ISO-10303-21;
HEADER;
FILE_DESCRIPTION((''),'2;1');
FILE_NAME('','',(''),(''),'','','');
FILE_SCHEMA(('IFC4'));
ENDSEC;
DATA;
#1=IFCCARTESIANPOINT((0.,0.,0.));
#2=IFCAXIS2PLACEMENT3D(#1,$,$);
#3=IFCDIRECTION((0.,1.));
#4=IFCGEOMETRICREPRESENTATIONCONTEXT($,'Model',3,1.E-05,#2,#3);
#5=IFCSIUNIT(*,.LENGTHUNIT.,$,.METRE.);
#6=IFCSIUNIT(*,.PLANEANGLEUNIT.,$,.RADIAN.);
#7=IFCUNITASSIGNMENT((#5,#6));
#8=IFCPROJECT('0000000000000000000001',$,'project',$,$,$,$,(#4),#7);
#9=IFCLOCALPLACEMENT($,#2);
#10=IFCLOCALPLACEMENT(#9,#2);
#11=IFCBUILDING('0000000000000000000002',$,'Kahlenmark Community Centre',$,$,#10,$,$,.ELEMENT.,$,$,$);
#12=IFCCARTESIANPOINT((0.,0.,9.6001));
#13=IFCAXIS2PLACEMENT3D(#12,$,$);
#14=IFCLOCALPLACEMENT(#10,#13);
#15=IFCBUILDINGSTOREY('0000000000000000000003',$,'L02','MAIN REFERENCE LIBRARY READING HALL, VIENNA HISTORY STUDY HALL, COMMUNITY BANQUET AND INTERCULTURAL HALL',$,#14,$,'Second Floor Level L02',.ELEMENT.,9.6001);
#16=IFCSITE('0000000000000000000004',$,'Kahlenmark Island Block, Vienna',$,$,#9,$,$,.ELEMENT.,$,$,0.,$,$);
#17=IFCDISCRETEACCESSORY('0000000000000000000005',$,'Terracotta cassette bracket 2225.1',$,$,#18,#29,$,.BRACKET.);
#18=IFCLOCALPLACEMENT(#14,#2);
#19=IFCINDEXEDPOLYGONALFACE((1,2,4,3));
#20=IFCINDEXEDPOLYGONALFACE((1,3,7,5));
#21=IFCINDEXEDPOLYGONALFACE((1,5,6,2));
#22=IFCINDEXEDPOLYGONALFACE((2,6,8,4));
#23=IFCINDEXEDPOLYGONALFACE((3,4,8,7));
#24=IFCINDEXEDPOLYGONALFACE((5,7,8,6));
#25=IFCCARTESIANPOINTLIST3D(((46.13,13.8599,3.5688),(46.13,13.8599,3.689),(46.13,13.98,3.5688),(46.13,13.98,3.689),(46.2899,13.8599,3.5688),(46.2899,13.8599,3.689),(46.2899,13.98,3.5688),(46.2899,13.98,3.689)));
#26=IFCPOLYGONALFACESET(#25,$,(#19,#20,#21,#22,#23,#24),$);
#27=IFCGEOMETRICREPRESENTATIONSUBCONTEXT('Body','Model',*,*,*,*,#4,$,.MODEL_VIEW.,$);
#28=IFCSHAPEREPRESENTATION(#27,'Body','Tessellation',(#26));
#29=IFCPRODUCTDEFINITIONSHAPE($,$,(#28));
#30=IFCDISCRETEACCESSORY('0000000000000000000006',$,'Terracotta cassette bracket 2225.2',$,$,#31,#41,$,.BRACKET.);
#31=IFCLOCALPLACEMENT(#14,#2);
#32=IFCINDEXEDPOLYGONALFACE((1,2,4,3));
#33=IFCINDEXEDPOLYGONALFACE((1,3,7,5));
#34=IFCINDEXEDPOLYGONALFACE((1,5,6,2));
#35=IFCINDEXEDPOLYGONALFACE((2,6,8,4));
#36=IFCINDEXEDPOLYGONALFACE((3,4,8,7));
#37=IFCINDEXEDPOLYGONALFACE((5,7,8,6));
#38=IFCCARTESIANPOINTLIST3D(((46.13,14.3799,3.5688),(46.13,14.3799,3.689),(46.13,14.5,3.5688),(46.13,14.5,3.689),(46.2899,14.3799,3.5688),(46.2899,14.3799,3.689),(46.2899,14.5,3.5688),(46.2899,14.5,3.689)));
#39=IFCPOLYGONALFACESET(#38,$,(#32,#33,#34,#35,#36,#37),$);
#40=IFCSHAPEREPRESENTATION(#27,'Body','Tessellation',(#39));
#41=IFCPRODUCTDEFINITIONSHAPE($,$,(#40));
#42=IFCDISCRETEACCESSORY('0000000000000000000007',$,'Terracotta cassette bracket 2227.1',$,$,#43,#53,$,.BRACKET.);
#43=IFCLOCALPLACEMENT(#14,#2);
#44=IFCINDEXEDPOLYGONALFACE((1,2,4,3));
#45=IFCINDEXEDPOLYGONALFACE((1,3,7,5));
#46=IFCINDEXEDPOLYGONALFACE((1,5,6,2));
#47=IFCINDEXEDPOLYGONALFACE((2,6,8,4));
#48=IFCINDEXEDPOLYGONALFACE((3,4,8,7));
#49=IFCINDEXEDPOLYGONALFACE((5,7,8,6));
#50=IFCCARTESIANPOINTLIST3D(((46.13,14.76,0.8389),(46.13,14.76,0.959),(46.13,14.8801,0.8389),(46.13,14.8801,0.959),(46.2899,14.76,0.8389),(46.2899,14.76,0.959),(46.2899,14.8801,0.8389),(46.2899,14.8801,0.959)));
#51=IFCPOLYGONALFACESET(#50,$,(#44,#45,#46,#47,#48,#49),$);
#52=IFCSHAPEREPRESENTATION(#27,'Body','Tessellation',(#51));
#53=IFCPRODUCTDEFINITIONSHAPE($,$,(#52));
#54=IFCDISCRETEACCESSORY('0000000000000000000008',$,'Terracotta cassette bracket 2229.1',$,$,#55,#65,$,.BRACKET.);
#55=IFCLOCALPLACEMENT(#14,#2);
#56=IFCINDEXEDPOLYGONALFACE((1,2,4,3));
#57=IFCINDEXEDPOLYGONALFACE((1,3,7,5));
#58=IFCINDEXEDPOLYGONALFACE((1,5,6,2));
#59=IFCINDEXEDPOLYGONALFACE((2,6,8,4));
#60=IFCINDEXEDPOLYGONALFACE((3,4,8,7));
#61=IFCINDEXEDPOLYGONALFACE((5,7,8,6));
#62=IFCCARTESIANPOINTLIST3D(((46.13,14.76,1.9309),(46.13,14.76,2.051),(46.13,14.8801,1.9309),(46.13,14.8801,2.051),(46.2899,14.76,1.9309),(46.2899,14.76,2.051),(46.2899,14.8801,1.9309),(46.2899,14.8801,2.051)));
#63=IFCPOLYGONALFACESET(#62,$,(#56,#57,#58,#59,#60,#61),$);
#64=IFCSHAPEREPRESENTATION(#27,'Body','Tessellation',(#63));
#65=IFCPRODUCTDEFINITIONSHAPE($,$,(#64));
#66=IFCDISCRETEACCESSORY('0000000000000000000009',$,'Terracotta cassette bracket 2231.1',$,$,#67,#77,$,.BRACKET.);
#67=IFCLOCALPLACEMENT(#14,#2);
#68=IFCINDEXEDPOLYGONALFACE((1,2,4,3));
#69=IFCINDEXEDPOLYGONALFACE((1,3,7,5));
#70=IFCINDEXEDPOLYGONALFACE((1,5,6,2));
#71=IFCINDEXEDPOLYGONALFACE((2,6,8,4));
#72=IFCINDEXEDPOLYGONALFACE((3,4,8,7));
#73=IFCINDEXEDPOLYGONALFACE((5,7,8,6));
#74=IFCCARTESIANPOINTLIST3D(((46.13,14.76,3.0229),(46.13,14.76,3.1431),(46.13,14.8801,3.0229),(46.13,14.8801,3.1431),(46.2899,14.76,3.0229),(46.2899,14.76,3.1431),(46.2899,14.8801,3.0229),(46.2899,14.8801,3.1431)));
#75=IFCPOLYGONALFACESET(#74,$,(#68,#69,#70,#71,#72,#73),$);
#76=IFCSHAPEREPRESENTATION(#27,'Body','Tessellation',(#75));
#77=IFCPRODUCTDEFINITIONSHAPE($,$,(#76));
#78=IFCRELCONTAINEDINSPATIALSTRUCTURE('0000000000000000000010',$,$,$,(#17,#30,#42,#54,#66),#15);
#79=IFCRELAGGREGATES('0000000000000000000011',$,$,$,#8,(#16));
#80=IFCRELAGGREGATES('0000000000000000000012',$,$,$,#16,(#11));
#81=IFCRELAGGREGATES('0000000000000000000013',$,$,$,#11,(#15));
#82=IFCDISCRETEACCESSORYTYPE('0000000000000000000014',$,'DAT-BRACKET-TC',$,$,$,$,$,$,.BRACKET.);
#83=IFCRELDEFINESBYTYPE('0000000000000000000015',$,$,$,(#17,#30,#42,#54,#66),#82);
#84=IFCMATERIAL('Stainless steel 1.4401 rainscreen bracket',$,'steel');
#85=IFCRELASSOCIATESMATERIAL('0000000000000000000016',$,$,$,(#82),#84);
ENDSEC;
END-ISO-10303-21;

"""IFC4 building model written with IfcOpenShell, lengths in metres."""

from ifc_helpers import new_model, si_unit, direction, frame, origin, origin_2d, place, context, subcontext, project, spatial, rectangle, extrude, material, type_object, element, save


model = new_model("IFC4")

# Units and contexts
model_context = context("Model", 3, precision=1e-05, world=origin(), true_north=direction((0.0, 1.0)))
body_context = subcontext(model_context, "Body", "Model", "MODEL_VIEW")
ifc_project = project(units=[si_unit("LENGTHUNIT", "METRE"), si_unit("PLANEANGLEUNIT", "RADIAN")], contexts=[model_context])

# Site, building, storey
site_placement = place(None, origin())
site = spatial("IfcSite", under=ifc_project, at=site_placement, Name="Kahlenmark Island Block, Vienna", CompositionType="ELEMENT", RefElevation=0.0)
building_placement = place(site_placement, origin())
building = spatial("IfcBuilding", under=site, at=building_placement, Name="Kahlenmark Community Centre", CompositionType="ELEMENT")
storey_placement = place(building_placement, frame((0.0, 0.0, 9.6001)))
storey = spatial("IfcBuildingStorey", under=building, at=storey_placement, Name="L02", Description="MAIN REFERENCE LIBRARY READING HALL, VIENNA HISTORY STUDY HALL, COMMUNITY BANQUET AND INTERCULTURAL HALL", LongName="Second Floor Level L02", CompositionType="ELEMENT", Elevation=9.6001)

# Discrete accessories
ifc_material_1 = material(Name="Stainless steel 1.4401 rainscreen bracket", Category="steel")
discrete_accessory_type = type_object("IfcDiscreteAccessoryType", Name="DAT-BRACKET-TC", PredefinedType="BRACKET", material=ifc_material_1)
for number, where, z_axis, x_axis, name in (
    (1, (46.21, 13.9199, 3.5688), (0.0, 0.0, 1.0), (0.0, 1.0, 0.0), "Terracotta cassette bracket 2225.1"),
    (2, (46.21, 14.4399, 3.5688), (0.0, 0.0, 1.0), (0.0, 1.0, 0.0), "Terracotta cassette bracket 2225.2"),
    (3, (46.21, 14.8201, 0.8389), (0.0, 0.0, 1.0), (0.0, 1.0, 0.0), "Terracotta cassette bracket 2227.1"),
    (4, (46.21, 14.8201, 1.9309), (0.0, 0.0, 1.0), (0.0, 1.0, 0.0), "Terracotta cassette bracket 2229.1"),
    (5, (46.21, 14.8201, 3.0229), (0.0, 0.0, 1.0), (0.0, 1.0, 0.0), "Terracotta cassette bracket 2231.1"),
):
    element("IfcDiscreteAccessory", number, at=place(storey_placement, frame(where, z_axis=z_axis, x_axis=x_axis)), inside=storey, type_object=discrete_accessory_type, Name=name, PredefinedType="BRACKET", context=body_context, shape_type="SweptSolid", body=[
        extrude(rectangle(XDim=0.1201, YDim=0.1599, at=origin_2d()), origin(), (0.0, 0.0, 1.0), 0.1201),
    ])

save(model, "model.ifc")
